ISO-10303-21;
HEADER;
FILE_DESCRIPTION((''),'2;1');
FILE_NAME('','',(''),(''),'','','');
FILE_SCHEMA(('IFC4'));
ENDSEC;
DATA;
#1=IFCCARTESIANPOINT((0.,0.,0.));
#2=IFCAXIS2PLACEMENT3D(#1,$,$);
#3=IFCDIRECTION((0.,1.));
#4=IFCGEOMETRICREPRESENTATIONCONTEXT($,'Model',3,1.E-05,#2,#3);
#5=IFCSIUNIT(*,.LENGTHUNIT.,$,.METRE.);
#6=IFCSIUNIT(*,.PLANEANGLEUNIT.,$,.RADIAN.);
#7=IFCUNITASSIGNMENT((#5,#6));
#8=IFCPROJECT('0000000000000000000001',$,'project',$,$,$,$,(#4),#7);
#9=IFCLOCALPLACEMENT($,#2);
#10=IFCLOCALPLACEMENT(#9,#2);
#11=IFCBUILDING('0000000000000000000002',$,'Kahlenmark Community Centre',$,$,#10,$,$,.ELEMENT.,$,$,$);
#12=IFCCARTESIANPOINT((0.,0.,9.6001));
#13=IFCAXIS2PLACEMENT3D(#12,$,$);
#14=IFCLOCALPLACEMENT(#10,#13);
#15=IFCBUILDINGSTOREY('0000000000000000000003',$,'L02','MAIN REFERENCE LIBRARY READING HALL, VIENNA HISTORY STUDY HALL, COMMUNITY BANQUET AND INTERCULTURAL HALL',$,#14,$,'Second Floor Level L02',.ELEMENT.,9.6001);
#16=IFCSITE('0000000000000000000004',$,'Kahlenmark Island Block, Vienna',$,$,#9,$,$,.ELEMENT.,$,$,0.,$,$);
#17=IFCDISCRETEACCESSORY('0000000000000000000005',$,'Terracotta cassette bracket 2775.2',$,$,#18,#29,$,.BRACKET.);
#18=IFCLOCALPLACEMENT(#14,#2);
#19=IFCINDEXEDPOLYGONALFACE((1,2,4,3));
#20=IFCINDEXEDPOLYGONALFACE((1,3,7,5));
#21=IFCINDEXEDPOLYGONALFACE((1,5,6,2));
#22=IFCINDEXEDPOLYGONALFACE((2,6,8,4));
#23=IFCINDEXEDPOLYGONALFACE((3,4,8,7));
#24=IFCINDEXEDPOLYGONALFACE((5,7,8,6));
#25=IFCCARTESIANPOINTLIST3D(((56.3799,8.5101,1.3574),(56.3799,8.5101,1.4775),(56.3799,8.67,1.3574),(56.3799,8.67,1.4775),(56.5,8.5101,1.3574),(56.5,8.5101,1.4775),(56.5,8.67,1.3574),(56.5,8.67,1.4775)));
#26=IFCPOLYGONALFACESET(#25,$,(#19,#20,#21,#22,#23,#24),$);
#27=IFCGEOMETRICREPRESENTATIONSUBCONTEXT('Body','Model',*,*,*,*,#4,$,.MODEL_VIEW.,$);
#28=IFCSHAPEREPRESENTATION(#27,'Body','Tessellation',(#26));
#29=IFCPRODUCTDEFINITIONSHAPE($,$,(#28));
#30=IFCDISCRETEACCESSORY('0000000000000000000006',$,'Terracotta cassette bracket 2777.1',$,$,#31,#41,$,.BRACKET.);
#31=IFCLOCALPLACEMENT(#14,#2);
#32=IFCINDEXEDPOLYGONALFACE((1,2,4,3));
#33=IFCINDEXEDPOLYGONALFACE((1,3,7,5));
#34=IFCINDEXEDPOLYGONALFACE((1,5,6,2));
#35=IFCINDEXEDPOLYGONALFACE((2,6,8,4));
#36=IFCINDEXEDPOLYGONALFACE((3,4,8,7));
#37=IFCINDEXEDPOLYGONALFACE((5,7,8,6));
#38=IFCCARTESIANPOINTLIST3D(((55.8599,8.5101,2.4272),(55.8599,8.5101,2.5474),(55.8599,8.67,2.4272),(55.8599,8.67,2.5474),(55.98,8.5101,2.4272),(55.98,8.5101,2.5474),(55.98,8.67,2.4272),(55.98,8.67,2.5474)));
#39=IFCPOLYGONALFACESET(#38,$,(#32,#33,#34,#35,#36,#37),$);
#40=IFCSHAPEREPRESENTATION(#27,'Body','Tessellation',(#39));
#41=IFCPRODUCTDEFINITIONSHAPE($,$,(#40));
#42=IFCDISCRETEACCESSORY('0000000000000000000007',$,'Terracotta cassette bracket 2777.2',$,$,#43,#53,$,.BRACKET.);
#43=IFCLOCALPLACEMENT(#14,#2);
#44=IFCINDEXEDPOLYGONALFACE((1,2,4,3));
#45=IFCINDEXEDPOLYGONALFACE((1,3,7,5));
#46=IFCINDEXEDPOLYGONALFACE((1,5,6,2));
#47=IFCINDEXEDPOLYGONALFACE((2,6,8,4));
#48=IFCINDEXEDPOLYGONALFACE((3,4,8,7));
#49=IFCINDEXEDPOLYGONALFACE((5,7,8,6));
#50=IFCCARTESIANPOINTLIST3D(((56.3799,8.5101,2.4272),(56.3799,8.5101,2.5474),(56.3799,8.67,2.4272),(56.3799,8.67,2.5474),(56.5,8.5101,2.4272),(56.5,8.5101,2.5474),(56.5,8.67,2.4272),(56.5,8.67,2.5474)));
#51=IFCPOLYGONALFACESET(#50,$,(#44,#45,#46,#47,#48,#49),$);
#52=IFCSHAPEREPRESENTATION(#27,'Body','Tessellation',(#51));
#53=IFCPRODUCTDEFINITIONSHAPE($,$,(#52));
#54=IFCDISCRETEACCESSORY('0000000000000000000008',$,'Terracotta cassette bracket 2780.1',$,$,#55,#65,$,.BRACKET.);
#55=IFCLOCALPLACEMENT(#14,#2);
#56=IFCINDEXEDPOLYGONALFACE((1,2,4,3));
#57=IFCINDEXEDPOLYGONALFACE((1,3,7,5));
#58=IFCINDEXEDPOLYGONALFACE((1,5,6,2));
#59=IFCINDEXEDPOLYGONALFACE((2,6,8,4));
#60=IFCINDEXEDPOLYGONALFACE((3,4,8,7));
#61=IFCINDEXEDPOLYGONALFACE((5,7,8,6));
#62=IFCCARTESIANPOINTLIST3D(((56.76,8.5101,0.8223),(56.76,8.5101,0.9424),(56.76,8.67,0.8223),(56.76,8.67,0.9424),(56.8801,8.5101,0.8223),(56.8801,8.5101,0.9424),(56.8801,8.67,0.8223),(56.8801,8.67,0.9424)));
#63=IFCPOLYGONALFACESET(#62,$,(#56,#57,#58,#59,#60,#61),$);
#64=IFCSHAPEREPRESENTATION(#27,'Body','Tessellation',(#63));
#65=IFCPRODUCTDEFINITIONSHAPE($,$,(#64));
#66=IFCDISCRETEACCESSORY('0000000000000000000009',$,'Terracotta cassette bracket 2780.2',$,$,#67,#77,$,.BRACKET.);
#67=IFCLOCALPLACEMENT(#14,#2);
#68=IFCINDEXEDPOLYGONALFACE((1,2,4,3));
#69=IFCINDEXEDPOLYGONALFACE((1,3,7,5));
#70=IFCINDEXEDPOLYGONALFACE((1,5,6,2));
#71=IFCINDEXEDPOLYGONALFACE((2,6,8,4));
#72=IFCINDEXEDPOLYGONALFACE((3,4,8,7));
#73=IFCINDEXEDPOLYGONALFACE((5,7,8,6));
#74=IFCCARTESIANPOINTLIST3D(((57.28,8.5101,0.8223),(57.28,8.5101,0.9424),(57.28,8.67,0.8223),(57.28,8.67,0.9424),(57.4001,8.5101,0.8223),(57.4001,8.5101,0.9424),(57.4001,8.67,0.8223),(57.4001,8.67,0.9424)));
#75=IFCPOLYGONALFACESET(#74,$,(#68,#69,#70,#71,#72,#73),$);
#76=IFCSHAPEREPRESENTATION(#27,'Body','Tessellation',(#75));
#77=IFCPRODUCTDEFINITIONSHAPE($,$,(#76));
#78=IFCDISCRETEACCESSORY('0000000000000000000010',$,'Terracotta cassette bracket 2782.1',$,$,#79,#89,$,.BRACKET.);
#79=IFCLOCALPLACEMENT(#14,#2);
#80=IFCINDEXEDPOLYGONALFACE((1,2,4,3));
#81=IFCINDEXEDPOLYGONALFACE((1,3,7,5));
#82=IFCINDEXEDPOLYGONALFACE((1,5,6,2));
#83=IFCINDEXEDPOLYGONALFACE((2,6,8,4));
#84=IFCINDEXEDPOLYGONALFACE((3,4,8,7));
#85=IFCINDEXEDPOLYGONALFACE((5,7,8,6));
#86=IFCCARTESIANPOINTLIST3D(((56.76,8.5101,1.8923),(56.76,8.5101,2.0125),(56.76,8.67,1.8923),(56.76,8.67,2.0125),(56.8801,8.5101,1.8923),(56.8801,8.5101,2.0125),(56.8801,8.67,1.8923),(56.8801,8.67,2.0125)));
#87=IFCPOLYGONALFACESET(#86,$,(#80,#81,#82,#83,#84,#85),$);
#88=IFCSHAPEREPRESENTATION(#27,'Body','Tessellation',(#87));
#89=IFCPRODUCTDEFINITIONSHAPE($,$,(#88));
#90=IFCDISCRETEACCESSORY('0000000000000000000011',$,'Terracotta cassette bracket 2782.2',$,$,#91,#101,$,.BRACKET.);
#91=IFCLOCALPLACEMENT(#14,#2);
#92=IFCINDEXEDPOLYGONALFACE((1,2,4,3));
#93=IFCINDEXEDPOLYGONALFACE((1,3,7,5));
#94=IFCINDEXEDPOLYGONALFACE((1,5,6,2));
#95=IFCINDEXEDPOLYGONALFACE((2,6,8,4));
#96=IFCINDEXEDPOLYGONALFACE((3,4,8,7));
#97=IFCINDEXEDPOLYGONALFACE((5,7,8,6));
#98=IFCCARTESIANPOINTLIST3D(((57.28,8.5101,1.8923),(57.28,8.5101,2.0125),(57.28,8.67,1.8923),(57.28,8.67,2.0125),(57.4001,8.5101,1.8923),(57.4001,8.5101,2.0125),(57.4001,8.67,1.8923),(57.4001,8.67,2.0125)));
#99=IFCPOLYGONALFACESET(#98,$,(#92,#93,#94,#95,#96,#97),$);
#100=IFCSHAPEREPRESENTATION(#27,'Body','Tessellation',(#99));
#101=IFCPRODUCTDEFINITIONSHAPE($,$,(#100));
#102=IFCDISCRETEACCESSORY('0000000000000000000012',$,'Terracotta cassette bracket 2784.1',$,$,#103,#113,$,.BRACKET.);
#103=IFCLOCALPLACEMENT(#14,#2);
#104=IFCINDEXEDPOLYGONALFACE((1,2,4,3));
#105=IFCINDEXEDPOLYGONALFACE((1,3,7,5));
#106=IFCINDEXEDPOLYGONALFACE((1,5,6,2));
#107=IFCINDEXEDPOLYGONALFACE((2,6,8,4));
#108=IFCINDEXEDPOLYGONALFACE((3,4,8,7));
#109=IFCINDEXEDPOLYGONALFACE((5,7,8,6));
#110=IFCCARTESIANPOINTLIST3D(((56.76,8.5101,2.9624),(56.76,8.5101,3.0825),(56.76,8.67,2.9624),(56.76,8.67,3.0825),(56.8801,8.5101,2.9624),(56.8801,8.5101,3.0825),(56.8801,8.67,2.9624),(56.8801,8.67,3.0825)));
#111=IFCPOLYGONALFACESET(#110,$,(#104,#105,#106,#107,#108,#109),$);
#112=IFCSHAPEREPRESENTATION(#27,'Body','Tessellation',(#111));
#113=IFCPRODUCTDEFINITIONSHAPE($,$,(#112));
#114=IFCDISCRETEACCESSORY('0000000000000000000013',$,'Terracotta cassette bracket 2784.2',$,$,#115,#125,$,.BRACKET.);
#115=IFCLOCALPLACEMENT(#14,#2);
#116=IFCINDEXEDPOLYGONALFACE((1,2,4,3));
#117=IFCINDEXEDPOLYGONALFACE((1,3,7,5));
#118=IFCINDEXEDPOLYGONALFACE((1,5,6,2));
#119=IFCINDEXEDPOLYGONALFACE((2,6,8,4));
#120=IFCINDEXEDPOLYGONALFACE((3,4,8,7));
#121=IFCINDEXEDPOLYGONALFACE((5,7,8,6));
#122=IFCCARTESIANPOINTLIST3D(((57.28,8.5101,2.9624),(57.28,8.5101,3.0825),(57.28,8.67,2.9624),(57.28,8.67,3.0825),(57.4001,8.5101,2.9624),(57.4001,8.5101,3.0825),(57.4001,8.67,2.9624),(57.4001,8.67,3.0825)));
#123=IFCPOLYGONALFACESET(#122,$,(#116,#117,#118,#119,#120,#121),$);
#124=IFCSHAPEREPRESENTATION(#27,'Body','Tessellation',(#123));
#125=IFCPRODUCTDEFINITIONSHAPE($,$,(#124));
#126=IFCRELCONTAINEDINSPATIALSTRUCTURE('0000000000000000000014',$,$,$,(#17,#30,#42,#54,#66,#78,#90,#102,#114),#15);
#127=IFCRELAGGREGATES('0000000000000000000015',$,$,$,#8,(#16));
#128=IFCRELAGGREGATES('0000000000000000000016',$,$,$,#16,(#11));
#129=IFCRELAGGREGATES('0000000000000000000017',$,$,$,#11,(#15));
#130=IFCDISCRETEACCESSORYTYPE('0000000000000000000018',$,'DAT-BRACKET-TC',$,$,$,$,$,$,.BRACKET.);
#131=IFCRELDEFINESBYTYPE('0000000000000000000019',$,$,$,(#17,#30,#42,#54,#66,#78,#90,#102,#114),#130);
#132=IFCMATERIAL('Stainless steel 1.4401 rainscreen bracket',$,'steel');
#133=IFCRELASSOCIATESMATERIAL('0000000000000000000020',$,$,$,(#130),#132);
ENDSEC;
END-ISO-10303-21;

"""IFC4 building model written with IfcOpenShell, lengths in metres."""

from ifc_helpers import new_model, si_unit, direction, frame, origin, origin_2d, place, context, subcontext, project, spatial, rectangle, extrude, material, type_object, element, save


model = new_model("IFC4")

# Units and contexts
model_context = context("Model", 3, precision=1e-05, world=origin(), true_north=direction((0.0, 1.0)))
body_context = subcontext(model_context, "Body", "Model", "MODEL_VIEW")
ifc_project = project(units=[si_unit("LENGTHUNIT", "METRE"), si_unit("PLANEANGLEUNIT", "RADIAN")], contexts=[model_context])

# Site, building, storey
site_placement = place(None, origin())
site = spatial("IfcSite", under=ifc_project, at=site_placement, Name="Kahlenmark Island Block, Vienna", CompositionType="ELEMENT", RefElevation=0.0)
building_placement = place(site_placement, origin())
building = spatial("IfcBuilding", under=site, at=building_placement, Name="Kahlenmark Community Centre", CompositionType="ELEMENT")
storey_placement = place(building_placement, frame((0.0, 0.0, 9.6001)))
storey = spatial("IfcBuildingStorey", under=building, at=storey_placement, Name="L02", Description="MAIN REFERENCE LIBRARY READING HALL, VIENNA HISTORY STUDY HALL, COMMUNITY BANQUET AND INTERCULTURAL HALL", LongName="Second Floor Level L02", CompositionType="ELEMENT", Elevation=9.6001)

# Discrete accessories
ifc_material_1 = material(Name="Stainless steel 1.4401 rainscreen bracket", Category="steel")
discrete_accessory_type = type_object("IfcDiscreteAccessoryType", Name="DAT-BRACKET-TC", PredefinedType="BRACKET", material=ifc_material_1)
for number, where, z_axis, x_axis, name in (
    (1, (56.4399, 8.5901, 1.3574), (0.0, 0.0, 1.0), (1.0, 0.0, 0.0), "Terracotta cassette bracket 2775.2"),
    (2, (55.9199, 8.5901, 2.4272), (0.0, 0.0, 1.0), (1.0, 0.0, 0.0), "Terracotta cassette bracket 2777.1"),
    (3, (56.4399, 8.5901, 2.4272), (0.0, 0.0, 1.0), (1.0, 0.0, 0.0), "Terracotta cassette bracket 2777.2"),
    (4, (56.8201, 8.5901, 0.8223), (0.0, 0.0, 1.0), (1.0, 0.0, 0.0), "Terracotta cassette bracket 2780.1"),
    (5, (57.3401, 8.5901, 0.8223), (0.0, 0.0, 1.0), (1.0, 0.0, 0.0), "Terracotta cassette bracket 2780.2"),
    (6, (56.8201, 8.5901, 1.8923), (0.0, 0.0, 1.0), (1.0, 0.0, 0.0), "Terracotta cassette bracket 2782.1"),
    (7, (57.3401, 8.5901, 1.8923), (0.0, 0.0, 1.0), (1.0, 0.0, 0.0), "Terracotta cassette bracket 2782.2"),
    (8, (56.8201, 8.5901, 2.9624), (0.0, 0.0, 1.0), (1.0, 0.0, 0.0), "Terracotta cassette bracket 2784.1"),
    (9, (57.3401, 8.5901, 2.9624), (0.0, 0.0, 1.0), (1.0, 0.0, 0.0), "Terracotta cassette bracket 2784.2"),
):
    element("IfcDiscreteAccessory", number, at=place(storey_placement, frame(where, z_axis=z_axis, x_axis=x_axis)), inside=storey, type_object=discrete_accessory_type, Name=name, PredefinedType="BRACKET", context=body_context, shape_type="SweptSolid", body=[
        extrude(rectangle(XDim=0.1201, YDim=0.1599, at=origin_2d()), origin(), (0.0, 0.0, 1.0), 0.1201),
    ])

save(model, "model.ifc")
